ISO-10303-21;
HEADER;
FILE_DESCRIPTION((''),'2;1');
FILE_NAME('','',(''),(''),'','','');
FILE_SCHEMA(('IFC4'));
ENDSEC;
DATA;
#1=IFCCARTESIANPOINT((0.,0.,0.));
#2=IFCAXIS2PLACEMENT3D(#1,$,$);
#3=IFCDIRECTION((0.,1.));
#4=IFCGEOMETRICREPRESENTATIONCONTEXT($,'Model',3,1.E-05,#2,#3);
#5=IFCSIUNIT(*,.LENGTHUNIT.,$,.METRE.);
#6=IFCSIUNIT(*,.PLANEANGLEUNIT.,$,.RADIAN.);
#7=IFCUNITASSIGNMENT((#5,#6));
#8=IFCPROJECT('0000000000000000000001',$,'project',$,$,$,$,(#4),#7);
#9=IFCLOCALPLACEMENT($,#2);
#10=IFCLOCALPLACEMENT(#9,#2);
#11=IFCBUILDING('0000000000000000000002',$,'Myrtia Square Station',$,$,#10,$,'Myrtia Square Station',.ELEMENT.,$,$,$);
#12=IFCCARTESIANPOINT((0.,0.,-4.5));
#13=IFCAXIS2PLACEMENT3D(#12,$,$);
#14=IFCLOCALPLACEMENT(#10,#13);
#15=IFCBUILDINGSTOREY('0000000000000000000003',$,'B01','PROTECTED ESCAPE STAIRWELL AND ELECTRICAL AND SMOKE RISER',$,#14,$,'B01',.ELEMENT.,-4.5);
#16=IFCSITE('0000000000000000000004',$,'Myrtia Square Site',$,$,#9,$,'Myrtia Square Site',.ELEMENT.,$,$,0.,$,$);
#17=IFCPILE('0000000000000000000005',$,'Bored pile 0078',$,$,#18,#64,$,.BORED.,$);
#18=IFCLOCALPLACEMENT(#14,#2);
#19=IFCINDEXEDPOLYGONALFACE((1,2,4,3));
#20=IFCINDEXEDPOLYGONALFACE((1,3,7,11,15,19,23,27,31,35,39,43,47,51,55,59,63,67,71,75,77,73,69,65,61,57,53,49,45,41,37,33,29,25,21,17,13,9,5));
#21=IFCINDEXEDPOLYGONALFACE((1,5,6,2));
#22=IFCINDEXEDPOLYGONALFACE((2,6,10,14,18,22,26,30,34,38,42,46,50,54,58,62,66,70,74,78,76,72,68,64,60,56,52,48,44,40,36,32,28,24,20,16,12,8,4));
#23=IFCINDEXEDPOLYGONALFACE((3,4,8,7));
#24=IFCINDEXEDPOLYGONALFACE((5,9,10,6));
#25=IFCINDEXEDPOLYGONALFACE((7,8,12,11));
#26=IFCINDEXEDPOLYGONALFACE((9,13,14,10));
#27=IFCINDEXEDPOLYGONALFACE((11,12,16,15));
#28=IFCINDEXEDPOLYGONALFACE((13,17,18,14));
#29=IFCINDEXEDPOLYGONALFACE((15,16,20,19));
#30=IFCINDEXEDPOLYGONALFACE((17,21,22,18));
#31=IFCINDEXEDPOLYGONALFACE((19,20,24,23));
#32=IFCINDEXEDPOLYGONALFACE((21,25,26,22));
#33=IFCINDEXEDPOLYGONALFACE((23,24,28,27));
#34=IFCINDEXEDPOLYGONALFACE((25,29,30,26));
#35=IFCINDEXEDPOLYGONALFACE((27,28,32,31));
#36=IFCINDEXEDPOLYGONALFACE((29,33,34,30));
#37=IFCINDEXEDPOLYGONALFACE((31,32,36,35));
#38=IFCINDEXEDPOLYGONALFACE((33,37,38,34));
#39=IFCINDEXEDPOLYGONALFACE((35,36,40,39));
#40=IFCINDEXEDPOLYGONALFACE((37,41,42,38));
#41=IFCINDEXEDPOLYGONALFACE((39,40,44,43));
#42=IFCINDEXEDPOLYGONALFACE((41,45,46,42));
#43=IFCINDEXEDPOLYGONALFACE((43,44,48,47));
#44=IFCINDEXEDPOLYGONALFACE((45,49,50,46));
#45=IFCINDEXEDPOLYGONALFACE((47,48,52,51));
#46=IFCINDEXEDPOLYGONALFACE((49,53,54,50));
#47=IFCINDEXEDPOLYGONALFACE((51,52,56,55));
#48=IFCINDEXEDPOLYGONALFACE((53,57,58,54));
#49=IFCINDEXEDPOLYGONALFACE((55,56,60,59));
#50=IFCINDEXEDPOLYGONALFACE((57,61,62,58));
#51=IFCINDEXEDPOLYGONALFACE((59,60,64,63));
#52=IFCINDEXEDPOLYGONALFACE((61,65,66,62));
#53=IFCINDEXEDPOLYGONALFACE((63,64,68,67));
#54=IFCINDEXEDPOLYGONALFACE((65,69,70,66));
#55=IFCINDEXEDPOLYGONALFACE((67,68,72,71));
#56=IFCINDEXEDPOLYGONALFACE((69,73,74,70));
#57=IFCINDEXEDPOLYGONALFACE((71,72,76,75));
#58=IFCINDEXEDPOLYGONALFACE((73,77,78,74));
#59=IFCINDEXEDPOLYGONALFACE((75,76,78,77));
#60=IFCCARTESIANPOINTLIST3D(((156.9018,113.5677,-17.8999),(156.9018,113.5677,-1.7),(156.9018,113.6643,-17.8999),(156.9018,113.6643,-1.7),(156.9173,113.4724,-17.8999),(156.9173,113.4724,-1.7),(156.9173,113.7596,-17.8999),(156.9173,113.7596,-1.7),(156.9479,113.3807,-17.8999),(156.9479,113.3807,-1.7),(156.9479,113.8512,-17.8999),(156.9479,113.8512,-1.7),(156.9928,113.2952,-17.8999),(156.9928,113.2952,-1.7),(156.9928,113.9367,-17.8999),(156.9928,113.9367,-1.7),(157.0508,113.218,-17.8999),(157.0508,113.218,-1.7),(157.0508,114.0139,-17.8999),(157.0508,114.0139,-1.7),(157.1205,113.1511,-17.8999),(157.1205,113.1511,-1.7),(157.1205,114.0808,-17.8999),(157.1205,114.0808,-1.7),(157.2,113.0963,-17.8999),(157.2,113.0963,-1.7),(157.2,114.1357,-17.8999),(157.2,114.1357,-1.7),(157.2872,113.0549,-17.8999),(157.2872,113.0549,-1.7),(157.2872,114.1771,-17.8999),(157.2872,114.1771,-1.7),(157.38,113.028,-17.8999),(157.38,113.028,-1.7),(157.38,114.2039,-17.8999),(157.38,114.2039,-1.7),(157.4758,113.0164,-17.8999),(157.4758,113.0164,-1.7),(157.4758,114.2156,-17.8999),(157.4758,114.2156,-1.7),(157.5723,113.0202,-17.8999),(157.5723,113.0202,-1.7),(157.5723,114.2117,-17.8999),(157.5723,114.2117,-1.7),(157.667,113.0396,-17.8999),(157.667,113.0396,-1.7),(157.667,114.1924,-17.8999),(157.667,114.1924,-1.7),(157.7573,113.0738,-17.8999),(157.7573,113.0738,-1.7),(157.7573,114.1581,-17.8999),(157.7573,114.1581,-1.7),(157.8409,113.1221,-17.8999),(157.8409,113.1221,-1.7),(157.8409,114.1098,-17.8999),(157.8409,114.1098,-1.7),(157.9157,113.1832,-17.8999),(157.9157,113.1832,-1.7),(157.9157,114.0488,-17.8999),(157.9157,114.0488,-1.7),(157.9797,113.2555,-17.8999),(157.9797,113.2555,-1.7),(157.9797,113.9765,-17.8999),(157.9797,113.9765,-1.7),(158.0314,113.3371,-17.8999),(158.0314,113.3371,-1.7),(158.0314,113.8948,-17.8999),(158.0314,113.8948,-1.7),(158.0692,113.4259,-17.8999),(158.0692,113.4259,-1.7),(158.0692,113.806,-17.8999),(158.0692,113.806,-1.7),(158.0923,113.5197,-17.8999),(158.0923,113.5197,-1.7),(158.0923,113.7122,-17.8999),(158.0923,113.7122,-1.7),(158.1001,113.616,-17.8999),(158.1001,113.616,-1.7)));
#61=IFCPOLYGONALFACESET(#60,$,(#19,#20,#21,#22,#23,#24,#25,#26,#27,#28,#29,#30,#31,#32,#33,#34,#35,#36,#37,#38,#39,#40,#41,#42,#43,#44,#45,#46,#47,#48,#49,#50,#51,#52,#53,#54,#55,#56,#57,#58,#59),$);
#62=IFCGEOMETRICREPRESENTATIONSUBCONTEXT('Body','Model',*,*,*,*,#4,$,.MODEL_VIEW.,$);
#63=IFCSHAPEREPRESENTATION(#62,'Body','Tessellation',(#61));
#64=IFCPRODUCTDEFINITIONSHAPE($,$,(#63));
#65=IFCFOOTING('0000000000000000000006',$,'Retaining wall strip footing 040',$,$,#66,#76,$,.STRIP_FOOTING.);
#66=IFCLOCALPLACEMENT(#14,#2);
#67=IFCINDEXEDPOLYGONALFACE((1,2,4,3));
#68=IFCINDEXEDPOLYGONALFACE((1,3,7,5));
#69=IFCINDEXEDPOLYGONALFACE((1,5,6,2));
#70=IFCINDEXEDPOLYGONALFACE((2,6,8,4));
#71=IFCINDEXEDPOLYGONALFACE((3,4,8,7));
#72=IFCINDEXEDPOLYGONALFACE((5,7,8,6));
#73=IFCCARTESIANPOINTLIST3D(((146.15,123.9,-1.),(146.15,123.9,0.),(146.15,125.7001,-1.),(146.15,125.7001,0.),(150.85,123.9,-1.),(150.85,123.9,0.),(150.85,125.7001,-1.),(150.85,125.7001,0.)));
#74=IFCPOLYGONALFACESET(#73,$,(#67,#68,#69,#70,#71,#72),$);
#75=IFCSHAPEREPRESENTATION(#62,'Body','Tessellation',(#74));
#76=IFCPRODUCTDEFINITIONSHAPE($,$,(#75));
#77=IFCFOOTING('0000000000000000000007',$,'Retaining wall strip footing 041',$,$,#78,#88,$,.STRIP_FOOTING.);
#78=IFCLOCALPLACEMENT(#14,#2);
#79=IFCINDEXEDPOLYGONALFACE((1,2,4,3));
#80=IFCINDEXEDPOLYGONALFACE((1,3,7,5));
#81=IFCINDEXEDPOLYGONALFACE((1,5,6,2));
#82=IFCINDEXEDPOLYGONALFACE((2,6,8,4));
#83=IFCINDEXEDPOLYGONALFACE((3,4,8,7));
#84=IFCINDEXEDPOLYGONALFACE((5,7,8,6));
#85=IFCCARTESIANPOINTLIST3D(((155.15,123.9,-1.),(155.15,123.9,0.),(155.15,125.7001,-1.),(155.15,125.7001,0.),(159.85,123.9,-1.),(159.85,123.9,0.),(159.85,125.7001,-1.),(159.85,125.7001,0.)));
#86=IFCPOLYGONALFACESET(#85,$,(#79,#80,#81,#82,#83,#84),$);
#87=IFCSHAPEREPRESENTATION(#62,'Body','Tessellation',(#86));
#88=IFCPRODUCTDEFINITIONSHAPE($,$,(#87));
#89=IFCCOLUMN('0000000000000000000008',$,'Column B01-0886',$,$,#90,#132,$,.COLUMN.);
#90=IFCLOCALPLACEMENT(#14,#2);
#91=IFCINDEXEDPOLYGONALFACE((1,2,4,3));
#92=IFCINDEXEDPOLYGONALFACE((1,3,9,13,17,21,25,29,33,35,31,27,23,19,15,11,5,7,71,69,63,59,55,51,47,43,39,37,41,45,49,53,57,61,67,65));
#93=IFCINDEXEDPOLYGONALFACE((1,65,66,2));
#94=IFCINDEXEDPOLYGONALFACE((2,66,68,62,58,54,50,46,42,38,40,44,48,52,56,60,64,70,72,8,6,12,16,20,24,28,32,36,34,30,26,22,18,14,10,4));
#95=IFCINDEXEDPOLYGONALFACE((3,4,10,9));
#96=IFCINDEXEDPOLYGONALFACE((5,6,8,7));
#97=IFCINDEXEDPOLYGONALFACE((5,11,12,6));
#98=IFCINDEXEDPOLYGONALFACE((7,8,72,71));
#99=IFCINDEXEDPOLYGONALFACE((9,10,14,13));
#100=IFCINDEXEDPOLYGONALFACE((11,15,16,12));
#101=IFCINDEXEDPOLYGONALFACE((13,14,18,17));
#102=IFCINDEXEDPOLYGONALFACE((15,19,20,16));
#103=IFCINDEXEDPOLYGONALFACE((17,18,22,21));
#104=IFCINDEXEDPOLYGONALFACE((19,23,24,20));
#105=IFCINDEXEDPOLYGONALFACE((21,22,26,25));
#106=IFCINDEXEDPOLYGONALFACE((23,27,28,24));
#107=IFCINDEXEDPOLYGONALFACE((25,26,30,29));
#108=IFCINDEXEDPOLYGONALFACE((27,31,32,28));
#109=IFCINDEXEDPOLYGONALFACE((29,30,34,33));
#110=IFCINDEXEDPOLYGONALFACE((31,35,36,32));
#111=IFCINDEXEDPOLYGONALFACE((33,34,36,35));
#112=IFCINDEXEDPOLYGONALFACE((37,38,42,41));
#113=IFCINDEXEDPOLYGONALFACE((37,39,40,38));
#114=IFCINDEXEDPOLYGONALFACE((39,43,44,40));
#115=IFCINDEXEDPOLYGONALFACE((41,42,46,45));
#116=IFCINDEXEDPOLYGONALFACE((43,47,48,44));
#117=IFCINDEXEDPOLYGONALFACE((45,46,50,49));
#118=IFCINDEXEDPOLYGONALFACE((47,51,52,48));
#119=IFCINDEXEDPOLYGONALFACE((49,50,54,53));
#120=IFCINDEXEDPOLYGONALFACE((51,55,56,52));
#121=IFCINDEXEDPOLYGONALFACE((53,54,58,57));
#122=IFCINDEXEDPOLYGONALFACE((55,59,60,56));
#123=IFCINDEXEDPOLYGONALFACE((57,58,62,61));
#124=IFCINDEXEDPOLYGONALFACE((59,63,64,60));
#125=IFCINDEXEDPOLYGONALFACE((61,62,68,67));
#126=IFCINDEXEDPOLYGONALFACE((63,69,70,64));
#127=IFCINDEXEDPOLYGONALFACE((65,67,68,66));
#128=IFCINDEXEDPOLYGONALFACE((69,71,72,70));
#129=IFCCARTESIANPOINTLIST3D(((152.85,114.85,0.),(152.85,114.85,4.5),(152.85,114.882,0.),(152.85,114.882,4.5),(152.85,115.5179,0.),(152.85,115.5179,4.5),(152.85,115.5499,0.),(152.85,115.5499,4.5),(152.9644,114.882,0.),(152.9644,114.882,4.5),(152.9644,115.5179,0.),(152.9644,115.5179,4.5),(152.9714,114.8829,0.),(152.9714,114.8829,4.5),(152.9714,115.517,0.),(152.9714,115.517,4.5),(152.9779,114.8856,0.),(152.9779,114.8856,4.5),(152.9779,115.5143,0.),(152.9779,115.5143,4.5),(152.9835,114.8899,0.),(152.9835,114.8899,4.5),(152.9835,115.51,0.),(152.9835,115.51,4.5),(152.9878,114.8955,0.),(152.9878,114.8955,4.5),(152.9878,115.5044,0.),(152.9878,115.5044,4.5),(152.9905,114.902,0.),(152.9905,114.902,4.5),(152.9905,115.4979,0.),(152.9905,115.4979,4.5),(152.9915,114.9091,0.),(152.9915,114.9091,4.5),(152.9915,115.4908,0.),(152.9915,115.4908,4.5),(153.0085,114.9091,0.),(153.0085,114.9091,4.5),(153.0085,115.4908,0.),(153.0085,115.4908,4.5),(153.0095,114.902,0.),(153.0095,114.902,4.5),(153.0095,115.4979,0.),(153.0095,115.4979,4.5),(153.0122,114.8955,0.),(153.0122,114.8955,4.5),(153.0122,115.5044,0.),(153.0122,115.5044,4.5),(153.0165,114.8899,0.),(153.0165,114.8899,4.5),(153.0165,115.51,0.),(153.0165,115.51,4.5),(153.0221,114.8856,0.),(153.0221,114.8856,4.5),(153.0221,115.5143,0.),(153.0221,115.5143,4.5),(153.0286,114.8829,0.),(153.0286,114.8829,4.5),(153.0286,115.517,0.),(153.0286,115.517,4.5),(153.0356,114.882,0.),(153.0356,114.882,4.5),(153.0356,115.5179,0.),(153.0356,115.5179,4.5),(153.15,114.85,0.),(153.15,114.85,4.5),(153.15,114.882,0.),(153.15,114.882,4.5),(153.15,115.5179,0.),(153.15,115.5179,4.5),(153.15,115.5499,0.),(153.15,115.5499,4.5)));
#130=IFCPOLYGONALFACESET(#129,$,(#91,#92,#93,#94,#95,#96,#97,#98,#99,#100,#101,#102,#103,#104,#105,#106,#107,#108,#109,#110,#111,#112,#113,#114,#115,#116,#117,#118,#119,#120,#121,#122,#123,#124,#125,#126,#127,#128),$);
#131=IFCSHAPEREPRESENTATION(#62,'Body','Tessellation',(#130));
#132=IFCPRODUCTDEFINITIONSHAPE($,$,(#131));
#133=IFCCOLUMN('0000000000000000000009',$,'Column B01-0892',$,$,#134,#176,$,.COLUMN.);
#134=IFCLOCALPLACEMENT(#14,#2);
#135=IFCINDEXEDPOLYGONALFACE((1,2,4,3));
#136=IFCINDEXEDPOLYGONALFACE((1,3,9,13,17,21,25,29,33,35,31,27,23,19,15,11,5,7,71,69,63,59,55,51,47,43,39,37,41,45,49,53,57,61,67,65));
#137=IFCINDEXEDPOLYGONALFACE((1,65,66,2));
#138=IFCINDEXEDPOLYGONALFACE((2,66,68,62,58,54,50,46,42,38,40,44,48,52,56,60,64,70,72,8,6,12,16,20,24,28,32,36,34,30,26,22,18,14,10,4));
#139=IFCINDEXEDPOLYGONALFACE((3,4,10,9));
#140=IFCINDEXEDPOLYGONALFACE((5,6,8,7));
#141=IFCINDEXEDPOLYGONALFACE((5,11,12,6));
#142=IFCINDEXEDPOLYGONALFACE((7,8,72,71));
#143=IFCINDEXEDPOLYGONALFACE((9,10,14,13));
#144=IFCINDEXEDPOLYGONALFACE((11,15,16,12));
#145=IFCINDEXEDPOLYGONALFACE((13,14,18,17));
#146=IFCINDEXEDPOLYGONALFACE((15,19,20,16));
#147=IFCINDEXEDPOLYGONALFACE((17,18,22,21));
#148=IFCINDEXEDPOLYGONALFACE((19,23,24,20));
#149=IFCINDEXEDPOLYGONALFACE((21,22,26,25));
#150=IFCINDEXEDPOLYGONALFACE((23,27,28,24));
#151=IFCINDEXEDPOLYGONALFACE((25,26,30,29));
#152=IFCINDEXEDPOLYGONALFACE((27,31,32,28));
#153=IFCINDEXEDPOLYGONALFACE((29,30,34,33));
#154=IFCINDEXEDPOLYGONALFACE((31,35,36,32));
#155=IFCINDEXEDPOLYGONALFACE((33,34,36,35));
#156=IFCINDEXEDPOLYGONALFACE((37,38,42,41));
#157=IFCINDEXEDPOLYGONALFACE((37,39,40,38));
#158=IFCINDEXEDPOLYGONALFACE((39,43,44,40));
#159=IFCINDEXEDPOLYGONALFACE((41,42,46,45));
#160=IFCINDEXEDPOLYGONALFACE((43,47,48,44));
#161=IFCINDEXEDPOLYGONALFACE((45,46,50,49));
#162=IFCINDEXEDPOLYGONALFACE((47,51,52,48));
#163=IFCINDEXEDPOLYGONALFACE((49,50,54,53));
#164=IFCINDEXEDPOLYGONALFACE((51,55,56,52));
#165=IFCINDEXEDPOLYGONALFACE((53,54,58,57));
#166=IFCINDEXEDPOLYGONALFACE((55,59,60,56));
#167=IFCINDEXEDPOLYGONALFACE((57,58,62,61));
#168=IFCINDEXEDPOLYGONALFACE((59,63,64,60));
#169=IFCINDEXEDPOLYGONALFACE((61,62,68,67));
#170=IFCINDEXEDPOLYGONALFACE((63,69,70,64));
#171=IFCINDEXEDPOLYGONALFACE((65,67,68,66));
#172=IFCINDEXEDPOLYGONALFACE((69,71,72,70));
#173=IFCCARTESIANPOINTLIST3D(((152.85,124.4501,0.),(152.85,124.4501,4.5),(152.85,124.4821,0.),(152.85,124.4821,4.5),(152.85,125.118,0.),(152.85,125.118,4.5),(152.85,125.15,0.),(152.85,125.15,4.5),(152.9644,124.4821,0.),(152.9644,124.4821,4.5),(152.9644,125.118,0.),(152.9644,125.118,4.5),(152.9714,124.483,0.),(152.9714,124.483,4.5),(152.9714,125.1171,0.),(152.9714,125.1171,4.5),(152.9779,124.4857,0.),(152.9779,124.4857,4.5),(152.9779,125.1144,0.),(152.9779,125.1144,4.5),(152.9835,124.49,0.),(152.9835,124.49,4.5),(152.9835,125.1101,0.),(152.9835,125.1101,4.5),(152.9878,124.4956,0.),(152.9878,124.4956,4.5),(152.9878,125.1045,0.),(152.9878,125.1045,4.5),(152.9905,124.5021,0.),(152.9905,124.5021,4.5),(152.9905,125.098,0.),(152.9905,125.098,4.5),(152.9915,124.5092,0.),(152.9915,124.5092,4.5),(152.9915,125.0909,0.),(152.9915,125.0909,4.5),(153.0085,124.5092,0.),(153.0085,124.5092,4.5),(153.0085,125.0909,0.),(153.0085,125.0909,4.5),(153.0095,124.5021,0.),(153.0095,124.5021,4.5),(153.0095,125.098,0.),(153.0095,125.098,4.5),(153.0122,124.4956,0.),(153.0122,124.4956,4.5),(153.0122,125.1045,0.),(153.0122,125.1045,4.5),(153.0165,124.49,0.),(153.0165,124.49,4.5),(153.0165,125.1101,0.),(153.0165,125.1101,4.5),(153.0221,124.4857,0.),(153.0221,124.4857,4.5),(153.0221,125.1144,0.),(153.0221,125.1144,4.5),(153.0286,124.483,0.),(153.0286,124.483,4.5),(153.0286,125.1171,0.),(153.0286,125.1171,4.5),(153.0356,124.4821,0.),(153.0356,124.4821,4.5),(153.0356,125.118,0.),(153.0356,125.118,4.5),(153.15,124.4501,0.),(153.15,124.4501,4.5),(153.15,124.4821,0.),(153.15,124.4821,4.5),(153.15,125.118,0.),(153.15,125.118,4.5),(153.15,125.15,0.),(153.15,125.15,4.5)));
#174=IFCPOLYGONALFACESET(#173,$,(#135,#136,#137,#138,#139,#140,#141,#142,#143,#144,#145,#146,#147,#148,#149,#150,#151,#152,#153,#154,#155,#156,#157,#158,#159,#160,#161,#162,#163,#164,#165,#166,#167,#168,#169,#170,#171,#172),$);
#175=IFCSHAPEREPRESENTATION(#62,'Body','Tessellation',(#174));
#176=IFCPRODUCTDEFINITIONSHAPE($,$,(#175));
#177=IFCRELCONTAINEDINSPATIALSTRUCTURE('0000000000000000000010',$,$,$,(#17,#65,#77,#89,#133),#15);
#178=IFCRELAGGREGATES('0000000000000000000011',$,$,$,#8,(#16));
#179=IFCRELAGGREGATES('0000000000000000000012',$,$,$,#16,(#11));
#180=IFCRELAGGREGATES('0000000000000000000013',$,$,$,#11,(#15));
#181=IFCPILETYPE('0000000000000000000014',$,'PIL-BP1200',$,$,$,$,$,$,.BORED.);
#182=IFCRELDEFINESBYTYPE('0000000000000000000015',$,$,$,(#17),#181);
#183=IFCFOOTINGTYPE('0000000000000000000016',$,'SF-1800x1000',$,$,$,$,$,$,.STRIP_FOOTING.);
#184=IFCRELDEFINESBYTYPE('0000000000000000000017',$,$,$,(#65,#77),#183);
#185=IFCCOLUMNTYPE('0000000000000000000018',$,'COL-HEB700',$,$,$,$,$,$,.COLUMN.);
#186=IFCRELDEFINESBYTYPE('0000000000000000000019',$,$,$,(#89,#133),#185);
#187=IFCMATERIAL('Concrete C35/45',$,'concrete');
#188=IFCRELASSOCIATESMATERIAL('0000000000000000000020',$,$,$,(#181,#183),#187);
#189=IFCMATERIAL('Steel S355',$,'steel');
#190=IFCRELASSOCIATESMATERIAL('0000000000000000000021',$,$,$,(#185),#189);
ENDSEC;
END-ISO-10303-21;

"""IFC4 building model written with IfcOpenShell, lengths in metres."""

from ifc_helpers import new_model, si_unit, direction, frame, origin, origin_2d, place, context, subcontext, project, spatial, rectangle, circle, i_section, extrude, material, material_profile, profile_set, type_object, element, save


model = new_model("IFC4")

# Units and contexts
model_context = context("Model", 3, precision=1e-05, world=origin(), true_north=direction((0.0, 1.0)))
body_context = subcontext(model_context, "Body", "Model", "MODEL_VIEW")
ifc_project = project(units=[si_unit("LENGTHUNIT", "METRE"), si_unit("PLANEANGLEUNIT", "RADIAN")], contexts=[model_context])

# Site, building, storey
site_placement = place(None, origin())
site = spatial("IfcSite", under=ifc_project, at=site_placement, Name="Myrtia Square Site", LongName="Myrtia Square Site", CompositionType="ELEMENT", RefElevation=0.0)
building_placement = place(site_placement, origin())
building = spatial("IfcBuilding", under=site, at=building_placement, Name="Myrtia Square Station", LongName="Myrtia Square Station", CompositionType="ELEMENT")
storey_placement = place(building_placement, frame((0.0, 0.0, -4.5)))
storey = spatial("IfcBuildingStorey", under=building, at=storey_placement, Name="B01", Description="PROTECTED ESCAPE STAIRWELL AND ELECTRICAL AND SMOKE RISER", LongName="B01", CompositionType="ELEMENT", Elevation=-4.5)

# Shared definitions
ifc_material_1 = material(Name="Concrete C35/45", Category="concrete")

# Pile
ifc_material_profile_1 = material_profile(ifc_material_1, circle(Radius=0.6001, at=origin_2d()), Name="BP D1200")
ifc_profile_set_1 = profile_set([ifc_material_profile_1], Name="Concrete C35/45")
pile_type_1 = type_object("IfcPileType", Name="PIL-BP1200", PredefinedType="BORED", material=ifc_profile_set_1)
for number, where, z_axis, x_axis, name in (
    (1, (157.5, 113.616, -1.7), (0.0, 0.0, -1.0), (1.0, 0.0, 0.0), "Bored pile 0078"),
):
    element("IfcPile", number, at=place(storey_placement, frame(where, z_axis=z_axis, x_axis=x_axis)), inside=storey, type_object=pile_type_1, Name=name, PredefinedType="BORED", context=body_context, shape_type="SweptSolid", body=[
        extrude(circle(Radius=0.6001, at=origin_2d()), origin(), (0.0, 0.0, 1.0), 16.2),
    ])

# Footings
footing_type_1 = type_object("IfcFootingType", Name="SF-1800x1000", PredefinedType="STRIP_FOOTING", material=ifc_material_1)
for number, where, z_axis, x_axis, name in (
    (2, (148.5, 124.8, -1.0), (0.0, 0.0, 1.0), (1.0, 0.0, 0.0), "Retaining wall strip footing 040"),
    (3, (157.5, 124.8, -1.0), (0.0, 0.0, 1.0), (1.0, 0.0, 0.0), "Retaining wall strip footing 041"),
):
    element("IfcFooting", number, at=place(storey_placement, frame(where, z_axis=z_axis, x_axis=x_axis)), inside=storey, type_object=footing_type_1, Name=name, PredefinedType="STRIP_FOOTING", context=body_context, shape_type="SweptSolid", body=[
        extrude(rectangle(XDim=4.7, YDim=1.8, at=origin_2d()), origin(), (0.0, 0.0, 1.0), 1.0),
    ])

# Columns
ifc_material_2 = material(Name="Steel S355", Category="steel")
ifc_material_profile_2 = material_profile(ifc_material_2, i_section(OverallWidth=0.3, OverallDepth=0.7, WebThickness=0.0171, FlangeThickness=0.032, FilletRadius=0.0271, at=origin_2d()), Name="HEB 700")
ifc_profile_set_2 = profile_set([ifc_material_profile_2], Name="Steel S355")
column_type = type_object("IfcColumnType", Name="COL-HEB700", PredefinedType="COLUMN", material=ifc_profile_set_2)
for number, where, z_axis, x_axis, name in (
    (4, (153.0, 115.2, 0.0), (0.0, 0.0, 1.0), (1.0, 0.0, 0.0), "Column B01-0886"),
    (5, (153.0, 124.8, 0.0), (0.0, 0.0, 1.0), (1.0, 0.0, 0.0), "Column B01-0892"),
):
    element("IfcColumn", number, at=place(storey_placement, frame(where, z_axis=z_axis, x_axis=x_axis)), inside=storey, type_object=column_type, Name=name, PredefinedType="COLUMN", context=body_context, shape_type="SweptSolid", body=[
        extrude(i_section(OverallWidth=0.3, OverallDepth=0.7, WebThickness=0.0171, FlangeThickness=0.032, FilletRadius=0.0271, at=origin_2d()), origin(), (0.0, 0.0, 1.0), 4.5),
    ])

save(model, "model.ifc")
